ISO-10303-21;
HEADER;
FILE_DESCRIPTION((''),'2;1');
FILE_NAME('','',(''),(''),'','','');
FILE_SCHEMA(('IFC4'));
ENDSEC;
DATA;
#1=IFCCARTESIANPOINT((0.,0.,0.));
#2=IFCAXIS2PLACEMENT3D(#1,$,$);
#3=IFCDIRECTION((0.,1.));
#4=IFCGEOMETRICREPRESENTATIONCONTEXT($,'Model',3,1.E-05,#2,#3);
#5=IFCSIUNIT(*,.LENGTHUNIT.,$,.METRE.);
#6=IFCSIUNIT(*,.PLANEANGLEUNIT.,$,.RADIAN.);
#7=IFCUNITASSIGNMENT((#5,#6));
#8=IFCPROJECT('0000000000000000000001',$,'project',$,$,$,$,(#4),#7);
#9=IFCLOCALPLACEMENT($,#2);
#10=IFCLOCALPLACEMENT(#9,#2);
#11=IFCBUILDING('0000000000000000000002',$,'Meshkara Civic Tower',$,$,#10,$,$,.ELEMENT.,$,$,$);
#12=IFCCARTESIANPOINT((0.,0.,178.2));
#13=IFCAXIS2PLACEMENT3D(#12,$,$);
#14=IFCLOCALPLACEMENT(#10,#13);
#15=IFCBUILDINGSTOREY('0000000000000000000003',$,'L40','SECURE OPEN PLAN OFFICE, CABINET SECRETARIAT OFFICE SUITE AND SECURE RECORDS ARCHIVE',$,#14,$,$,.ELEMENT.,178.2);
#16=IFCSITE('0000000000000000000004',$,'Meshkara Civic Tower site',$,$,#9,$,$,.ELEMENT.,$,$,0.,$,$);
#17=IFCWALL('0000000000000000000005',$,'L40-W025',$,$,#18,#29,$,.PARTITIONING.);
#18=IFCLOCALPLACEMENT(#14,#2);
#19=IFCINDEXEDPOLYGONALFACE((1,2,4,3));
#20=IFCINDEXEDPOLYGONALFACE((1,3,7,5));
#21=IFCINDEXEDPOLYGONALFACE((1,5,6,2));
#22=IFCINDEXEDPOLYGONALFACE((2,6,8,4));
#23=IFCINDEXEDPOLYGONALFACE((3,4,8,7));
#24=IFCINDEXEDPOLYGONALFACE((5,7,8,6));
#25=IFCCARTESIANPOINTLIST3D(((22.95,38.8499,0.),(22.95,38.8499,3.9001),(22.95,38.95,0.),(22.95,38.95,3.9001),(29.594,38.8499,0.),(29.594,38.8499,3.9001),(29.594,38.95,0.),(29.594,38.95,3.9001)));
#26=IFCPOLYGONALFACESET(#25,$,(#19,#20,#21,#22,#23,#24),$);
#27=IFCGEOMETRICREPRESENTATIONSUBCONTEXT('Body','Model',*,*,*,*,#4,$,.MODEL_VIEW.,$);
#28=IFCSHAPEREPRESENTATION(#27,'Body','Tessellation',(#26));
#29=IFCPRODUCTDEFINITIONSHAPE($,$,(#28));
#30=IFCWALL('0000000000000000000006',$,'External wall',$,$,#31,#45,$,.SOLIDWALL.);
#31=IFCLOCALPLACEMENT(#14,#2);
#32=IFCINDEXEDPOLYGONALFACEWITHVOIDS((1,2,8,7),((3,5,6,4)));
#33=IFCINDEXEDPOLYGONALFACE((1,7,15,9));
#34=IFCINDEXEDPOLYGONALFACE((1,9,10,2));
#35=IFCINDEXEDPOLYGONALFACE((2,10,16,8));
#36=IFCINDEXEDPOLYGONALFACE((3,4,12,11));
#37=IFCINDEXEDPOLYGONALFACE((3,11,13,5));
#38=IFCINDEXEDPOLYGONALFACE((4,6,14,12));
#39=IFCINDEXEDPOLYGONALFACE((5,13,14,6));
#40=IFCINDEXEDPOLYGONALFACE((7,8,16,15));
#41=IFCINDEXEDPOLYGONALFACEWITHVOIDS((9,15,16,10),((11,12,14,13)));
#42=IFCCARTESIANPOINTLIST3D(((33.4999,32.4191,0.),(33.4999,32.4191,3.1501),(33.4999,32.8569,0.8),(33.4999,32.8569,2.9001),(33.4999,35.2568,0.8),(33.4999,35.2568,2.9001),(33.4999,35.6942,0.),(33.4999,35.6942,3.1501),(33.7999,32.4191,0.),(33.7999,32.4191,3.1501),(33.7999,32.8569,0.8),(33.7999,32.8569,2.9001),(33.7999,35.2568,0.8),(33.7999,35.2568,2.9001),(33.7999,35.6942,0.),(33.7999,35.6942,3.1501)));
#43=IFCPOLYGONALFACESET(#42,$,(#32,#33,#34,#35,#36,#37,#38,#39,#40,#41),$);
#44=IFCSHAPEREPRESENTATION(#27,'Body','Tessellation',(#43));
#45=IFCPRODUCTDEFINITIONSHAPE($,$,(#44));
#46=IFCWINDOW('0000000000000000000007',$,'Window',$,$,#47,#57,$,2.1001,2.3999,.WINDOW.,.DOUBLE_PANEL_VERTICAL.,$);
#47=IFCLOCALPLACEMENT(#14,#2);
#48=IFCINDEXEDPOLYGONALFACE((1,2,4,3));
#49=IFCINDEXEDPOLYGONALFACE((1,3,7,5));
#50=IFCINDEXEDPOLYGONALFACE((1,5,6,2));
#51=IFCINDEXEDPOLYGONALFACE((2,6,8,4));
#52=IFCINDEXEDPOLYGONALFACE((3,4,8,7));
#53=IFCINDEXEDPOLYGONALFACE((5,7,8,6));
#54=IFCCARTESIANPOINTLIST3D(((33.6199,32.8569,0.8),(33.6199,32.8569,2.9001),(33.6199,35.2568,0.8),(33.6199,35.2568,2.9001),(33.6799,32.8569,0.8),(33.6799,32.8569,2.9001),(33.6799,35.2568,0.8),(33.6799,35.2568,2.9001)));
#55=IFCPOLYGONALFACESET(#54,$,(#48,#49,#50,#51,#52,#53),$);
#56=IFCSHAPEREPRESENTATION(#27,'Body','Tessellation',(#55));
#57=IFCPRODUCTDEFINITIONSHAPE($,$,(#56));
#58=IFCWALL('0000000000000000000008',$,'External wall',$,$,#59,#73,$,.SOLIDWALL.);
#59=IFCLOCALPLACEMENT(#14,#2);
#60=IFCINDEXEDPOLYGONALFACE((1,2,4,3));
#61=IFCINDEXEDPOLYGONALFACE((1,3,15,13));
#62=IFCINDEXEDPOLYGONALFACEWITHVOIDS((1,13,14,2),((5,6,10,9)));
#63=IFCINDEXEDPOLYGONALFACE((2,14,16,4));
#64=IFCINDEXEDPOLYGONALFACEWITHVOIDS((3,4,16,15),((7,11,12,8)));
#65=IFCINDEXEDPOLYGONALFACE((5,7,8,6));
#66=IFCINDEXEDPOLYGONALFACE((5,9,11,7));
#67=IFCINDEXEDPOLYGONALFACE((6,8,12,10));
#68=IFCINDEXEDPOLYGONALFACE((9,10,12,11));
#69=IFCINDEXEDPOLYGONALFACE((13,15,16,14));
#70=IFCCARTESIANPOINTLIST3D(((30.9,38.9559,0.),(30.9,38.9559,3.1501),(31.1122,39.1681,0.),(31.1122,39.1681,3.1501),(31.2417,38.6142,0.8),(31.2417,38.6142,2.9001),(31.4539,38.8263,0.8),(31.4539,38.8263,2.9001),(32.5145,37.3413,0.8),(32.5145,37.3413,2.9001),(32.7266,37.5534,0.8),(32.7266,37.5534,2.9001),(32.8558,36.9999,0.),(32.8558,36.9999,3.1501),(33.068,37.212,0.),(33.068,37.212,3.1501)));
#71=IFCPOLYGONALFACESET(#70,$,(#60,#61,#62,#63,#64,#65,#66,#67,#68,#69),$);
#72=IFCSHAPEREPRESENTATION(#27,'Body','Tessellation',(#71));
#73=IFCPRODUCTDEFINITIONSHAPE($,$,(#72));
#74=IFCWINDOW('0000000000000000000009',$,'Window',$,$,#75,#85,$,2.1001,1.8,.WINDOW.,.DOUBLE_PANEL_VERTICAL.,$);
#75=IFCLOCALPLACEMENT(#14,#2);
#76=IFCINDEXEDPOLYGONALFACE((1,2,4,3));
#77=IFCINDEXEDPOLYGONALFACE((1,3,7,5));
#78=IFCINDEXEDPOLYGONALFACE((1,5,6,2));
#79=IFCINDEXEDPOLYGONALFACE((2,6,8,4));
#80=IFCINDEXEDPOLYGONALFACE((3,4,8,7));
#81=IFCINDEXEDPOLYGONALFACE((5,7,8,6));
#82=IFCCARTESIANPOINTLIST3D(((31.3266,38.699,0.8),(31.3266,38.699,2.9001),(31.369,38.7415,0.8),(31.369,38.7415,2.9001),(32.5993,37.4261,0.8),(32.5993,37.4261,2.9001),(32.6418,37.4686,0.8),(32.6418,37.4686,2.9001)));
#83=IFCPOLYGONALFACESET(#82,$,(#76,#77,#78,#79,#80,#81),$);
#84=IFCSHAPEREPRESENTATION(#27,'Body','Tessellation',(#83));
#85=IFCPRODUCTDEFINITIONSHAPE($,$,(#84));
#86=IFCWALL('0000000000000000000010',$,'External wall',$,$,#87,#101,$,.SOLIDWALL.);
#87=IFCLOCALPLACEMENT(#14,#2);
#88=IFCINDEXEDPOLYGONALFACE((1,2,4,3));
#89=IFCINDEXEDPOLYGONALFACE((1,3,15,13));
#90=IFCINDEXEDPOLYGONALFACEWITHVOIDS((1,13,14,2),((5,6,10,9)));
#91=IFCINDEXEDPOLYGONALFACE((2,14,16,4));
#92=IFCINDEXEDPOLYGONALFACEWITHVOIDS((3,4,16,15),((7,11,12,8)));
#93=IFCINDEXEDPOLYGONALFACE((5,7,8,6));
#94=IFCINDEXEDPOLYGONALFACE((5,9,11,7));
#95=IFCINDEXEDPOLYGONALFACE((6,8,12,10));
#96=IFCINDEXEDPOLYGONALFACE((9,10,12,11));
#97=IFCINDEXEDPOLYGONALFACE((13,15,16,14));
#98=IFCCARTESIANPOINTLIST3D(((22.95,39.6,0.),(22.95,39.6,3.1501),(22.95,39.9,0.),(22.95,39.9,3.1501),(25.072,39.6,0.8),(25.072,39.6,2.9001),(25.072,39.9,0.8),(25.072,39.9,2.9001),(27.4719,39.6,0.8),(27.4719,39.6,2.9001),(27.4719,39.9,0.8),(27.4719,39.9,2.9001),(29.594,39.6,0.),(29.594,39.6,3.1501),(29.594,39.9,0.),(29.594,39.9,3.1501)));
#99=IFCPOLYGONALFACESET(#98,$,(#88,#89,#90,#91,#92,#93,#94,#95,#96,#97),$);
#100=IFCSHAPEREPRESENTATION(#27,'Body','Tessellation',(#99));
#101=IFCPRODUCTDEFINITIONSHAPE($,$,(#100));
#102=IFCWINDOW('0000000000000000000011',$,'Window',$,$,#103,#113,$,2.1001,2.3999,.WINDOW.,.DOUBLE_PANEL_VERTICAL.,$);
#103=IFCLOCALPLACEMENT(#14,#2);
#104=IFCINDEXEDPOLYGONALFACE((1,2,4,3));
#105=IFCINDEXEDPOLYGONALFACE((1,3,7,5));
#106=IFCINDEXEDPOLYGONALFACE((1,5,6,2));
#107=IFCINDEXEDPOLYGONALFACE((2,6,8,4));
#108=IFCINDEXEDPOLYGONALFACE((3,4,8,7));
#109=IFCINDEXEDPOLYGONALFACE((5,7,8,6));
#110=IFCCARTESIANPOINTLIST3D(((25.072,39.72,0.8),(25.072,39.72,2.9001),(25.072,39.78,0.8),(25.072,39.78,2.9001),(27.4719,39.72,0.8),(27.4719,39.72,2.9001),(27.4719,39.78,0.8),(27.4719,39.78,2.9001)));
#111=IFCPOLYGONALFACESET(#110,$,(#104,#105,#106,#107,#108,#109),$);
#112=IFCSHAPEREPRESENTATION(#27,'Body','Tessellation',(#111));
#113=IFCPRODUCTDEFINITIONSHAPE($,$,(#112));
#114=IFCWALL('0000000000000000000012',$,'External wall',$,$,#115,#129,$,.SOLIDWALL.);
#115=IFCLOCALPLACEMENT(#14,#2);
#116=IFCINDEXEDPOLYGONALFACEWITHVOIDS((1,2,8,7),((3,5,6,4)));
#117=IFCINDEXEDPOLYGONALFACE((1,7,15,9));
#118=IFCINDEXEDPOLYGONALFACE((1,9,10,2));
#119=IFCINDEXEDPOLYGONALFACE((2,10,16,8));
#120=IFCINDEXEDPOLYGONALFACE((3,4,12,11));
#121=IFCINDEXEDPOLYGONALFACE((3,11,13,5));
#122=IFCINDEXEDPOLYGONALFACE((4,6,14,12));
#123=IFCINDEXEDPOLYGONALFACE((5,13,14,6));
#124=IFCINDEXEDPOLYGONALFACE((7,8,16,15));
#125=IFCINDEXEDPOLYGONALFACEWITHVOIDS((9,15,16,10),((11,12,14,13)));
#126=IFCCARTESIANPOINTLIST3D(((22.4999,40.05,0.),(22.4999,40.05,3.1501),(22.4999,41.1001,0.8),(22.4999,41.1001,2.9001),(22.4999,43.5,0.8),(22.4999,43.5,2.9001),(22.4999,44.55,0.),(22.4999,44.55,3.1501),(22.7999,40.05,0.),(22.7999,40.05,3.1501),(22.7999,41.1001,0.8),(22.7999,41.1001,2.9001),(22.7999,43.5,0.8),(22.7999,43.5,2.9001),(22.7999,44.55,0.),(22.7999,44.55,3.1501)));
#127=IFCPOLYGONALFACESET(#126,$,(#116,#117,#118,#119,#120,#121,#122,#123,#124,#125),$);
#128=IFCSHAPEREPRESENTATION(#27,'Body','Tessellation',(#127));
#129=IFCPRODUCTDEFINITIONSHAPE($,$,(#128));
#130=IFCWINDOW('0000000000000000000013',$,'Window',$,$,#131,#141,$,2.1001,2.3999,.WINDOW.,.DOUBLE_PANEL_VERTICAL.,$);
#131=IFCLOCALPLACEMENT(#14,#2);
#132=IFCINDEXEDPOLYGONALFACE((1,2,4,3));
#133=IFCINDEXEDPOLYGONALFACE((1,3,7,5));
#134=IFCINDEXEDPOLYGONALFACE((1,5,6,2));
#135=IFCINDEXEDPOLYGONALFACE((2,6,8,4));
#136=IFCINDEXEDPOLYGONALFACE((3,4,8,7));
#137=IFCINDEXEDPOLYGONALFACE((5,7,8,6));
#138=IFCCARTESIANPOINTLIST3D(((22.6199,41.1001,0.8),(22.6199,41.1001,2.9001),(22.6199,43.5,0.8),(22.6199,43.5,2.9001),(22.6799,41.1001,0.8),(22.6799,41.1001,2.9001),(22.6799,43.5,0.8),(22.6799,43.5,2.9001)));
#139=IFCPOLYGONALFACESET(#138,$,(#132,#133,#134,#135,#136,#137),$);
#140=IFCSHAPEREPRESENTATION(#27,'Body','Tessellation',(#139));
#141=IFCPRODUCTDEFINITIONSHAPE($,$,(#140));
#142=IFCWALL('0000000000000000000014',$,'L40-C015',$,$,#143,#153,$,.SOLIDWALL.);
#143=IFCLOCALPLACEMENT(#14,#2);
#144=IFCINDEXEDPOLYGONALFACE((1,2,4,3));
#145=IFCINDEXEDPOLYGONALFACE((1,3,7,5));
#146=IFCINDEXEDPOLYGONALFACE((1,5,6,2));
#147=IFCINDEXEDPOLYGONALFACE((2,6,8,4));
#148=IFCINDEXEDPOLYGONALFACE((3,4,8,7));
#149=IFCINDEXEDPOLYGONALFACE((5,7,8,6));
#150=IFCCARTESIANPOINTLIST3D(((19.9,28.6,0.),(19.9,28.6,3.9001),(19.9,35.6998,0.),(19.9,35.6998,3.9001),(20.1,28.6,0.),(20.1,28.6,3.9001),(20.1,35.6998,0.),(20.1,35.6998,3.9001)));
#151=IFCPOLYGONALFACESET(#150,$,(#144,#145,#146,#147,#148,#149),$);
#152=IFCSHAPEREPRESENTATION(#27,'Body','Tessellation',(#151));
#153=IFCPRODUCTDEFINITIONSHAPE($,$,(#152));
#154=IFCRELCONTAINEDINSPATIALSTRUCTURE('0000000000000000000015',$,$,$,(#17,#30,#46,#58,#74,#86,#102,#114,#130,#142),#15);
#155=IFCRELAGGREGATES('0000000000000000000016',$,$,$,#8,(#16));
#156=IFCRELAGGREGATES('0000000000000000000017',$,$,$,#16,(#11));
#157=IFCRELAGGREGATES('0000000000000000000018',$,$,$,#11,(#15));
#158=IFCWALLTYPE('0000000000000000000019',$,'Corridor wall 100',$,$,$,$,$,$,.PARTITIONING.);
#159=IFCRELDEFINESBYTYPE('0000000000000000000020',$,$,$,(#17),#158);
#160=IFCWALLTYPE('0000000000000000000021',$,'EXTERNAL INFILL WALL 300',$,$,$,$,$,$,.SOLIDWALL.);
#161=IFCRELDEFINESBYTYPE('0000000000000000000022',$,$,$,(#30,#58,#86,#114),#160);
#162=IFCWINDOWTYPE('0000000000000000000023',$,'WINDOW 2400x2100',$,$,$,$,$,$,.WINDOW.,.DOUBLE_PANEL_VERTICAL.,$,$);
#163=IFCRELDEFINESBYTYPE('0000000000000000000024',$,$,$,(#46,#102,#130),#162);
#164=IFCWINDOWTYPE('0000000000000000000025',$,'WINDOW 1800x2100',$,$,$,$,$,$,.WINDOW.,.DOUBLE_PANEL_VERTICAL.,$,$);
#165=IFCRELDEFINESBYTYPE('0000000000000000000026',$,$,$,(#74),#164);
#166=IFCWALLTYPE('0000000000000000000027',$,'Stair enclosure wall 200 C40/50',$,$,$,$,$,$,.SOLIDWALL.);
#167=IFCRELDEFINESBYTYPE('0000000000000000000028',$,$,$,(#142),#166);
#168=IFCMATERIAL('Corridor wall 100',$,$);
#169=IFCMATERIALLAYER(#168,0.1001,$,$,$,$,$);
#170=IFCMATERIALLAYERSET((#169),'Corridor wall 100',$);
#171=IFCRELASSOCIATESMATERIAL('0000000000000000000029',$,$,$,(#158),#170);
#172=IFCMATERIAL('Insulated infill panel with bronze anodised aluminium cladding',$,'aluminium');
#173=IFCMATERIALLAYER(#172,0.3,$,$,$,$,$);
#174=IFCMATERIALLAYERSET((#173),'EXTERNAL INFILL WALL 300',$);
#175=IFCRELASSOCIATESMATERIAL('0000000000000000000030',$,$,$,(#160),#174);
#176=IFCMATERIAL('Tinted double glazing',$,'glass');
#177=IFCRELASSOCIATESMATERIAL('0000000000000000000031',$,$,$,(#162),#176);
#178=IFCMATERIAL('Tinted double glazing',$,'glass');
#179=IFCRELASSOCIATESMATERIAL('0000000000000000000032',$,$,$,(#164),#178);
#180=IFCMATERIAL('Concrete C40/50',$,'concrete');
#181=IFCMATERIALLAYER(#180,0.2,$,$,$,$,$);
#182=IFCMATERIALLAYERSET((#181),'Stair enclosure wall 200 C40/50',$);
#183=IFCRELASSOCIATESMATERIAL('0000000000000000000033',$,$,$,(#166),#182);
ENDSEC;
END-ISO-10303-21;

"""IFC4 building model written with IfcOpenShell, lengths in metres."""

from ifc_helpers import new_model, si_unit, direction, frame, frame_2d, origin, place, context, subcontext, project, spatial, rectangle, extrude, material, layer, layer_set, type_object, element, fill, save


model = new_model("IFC4")

# Units and contexts
model_context = context("Model", 3, precision=1e-05, world=origin(), true_north=direction((0.0, 1.0)))
body_context = subcontext(model_context, "Body", "Model", "MODEL_VIEW")
ifc_project = project(units=[si_unit("LENGTHUNIT", "METRE"), si_unit("PLANEANGLEUNIT", "RADIAN")], contexts=[model_context])

# Site, building, storey
site_placement = place(None, origin())
site = spatial("IfcSite", under=ifc_project, at=site_placement, Name="Meshkara Civic Tower site", CompositionType="ELEMENT", RefElevation=0.0)
building_placement = place(site_placement, origin())
building = spatial("IfcBuilding", under=site, at=building_placement, Name="Meshkara Civic Tower", CompositionType="ELEMENT")
storey_placement = place(building_placement, frame((0.0, 0.0, 178.2)))
storey = spatial("IfcBuildingStorey", under=building, at=storey_placement, Name="L40", Description="SECURE OPEN PLAN OFFICE, CABINET SECRETARIAT OFFICE SUITE AND SECURE RECORDS ARCHIVE", CompositionType="ELEMENT", Elevation=178.2)

# Wall
ifc_material_1 = material(Name="Corridor wall 100")
ifc_layer_1 = layer(ifc_material_1, 0.1001)
ifc_layer_set_1 = layer_set([ifc_layer_1], Name="Corridor wall 100")
wall_type_1 = type_object("IfcWallType", Name="Corridor wall 100", PredefinedType="PARTITIONING", material=ifc_layer_set_1)
wall_1_placement = place(storey_placement, frame((29.594, 38.8999, 0.0), z_axis=(0.0, 0.0, 1.0), x_axis=(-1.0, 0.0, 0.0)))
element("IfcWall", 1, at=wall_1_placement, inside=storey, type_object=wall_type_1, Name="L40-W025", PredefinedType="PARTITIONING", context=body_context, shape_type="SweptSolid", body=[
    extrude(rectangle(XDim=6.644, YDim=0.1001, at=frame_2d((3.322, 0.0))), origin(), (0.0, 0.0, 1.0), 3.9001),
])

# Walls, openings, windows
ifc_material_2 = material(Name="Insulated infill panel with bronze anodised aluminium cladding", Category="aluminium")
ifc_layer_2 = layer(ifc_material_2, 0.3)
ifc_layer_set_2 = layer_set([ifc_layer_2], Name="EXTERNAL INFILL WALL 300")
wall_type_2 = type_object("IfcWallType", Name="EXTERNAL INFILL WALL 300", PredefinedType="SOLIDWALL", material=ifc_layer_set_2)
wall_2_placement = place(storey_placement, frame((33.6499, 32.4189, 0.0), z_axis=(0.0, 0.0, 1.0), x_axis=(0.0, 1.0, 0.0)))
wall_2 = element("IfcWall", 2, at=wall_2_placement, inside=storey, type_object=wall_type_2, Name="External wall", PredefinedType="SOLIDWALL", context=body_context, shape_type="SweptSolid", body=[
    extrude(rectangle(XDim=3.2751, YDim=0.3, at=frame_2d((1.6377, 0.0))), origin(), (0.0, 0.0, 1.0), 3.1501),
])
opening_1_placement = place(wall_2_placement, frame((0.438, 0.0, 0.8)))
opening_1 = element("IfcOpeningElement", 3, at=opening_1_placement, cuts=wall_2, PredefinedType="OPENING", context=body_context, shape_type="SweptSolid", body=[
    extrude(rectangle(XDim=2.3999, YDim=2.1001, at=frame_2d((1.2, 1.05))), frame((0.0, 0.1599, 0.0), z_axis=(0.0, -1.0, 0.0), x_axis=(1.0, 0.0, 0.0)), (0.0, 0.0, 1.0), 0.3201),
])
ifc_material_3 = material(Name="Tinted double glazing", Category="glass")
window_type_1 = type_object("IfcWindowType", Name="WINDOW 2400x2100", PartitioningType="DOUBLE_PANEL_VERTICAL", PredefinedType="WINDOW", material=ifc_material_3)
window_1_placement = place(opening_1_placement, origin())
window_1 = element("IfcWindow", 4, at=window_1_placement, inside=storey, type_object=window_type_1, Name="Window", OverallHeight=2.1001, OverallWidth=2.3999, PartitioningType="DOUBLE_PANEL_VERTICAL", PredefinedType="WINDOW", context=body_context, shape_type="SweptSolid", body=[
    extrude(rectangle(XDim=2.3999, YDim=2.1001, at=frame_2d((1.2, 1.05))), frame((0.0, 0.03, 0.0), z_axis=(0.0, -1.0, 0.0), x_axis=(1.0, 0.0, 0.0)), (0.0, 0.0, 1.0), 0.0601),
])
fill(opening_1, window_1)
wall_3_placement = place(storey_placement, frame((32.9619, 37.106, 0.0), z_axis=(0.0, 0.0, 1.0), x_axis=(-0.707063, 0.707151, 0.0)))
wall_3 = element("IfcWall", 5, at=wall_3_placement, inside=storey, type_object=wall_type_2, Name="External wall", PredefinedType="SOLIDWALL", context=body_context, shape_type="SweptSolid", body=[
    extrude(rectangle(XDim=2.7661, YDim=0.3, at=frame_2d((1.3831, 0.0))), origin(), (0.0, 0.0, 1.0), 3.1501),
])
opening_2_placement = place(wall_3_placement, frame((0.4829, 0.0, 0.8)))
opening_2 = element("IfcOpeningElement", 6, at=opening_2_placement, cuts=wall_3, PredefinedType="OPENING", context=body_context, shape_type="SweptSolid", body=[
    extrude(rectangle(XDim=1.8, YDim=2.1001, at=frame_2d((0.8999, 1.05))), frame((0.0, 0.1599, 0.0), z_axis=(0.0, -1.0, 0.0), x_axis=(1.0, 0.0, 0.0)), (0.0, 0.0, 1.0), 0.3201),
])
ifc_material_4 = material(Name="Tinted double glazing", Category="glass")
window_type_2 = type_object("IfcWindowType", Name="WINDOW 1800x2100", PartitioningType="DOUBLE_PANEL_VERTICAL", PredefinedType="WINDOW", material=ifc_material_4)
window_2_placement = place(opening_2_placement, origin())
window_2 = element("IfcWindow", 7, at=window_2_placement, inside=storey, type_object=window_type_2, Name="Window", OverallHeight=2.1001, OverallWidth=1.8, PartitioningType="DOUBLE_PANEL_VERTICAL", PredefinedType="WINDOW", context=body_context, shape_type="SweptSolid", body=[
    extrude(rectangle(XDim=1.8, YDim=2.1001, at=frame_2d((0.8999, 1.05))), frame((0.0, 0.03, 0.0), z_axis=(0.0, -1.0, 0.0), x_axis=(1.0, 0.0, 0.0)), (0.0, 0.0, 1.0), 0.0601),
])
fill(opening_2, window_2)
wall_4_placement = place(storey_placement, frame((29.594, 39.75, 0.0), z_axis=(0.0, 0.0, 1.0), x_axis=(-1.0, 0.0, 0.0)))
wall_4 = element("IfcWall", 8, at=wall_4_placement, inside=storey, type_object=wall_type_2, Name="External wall", PredefinedType="SOLIDWALL", context=body_context, shape_type="SweptSolid", body=[
    extrude(rectangle(XDim=6.644, YDim=0.3, at=frame_2d((3.322, 0.0))), origin(), (0.0, 0.0, 1.0), 3.1501),
])
opening_3_placement = place(wall_4_placement, frame((2.1221, 0.0, 0.8)))
opening_3 = element("IfcOpeningElement", 9, at=opening_3_placement, cuts=wall_4, PredefinedType="OPENING", context=body_context, shape_type="SweptSolid", body=[
    extrude(rectangle(XDim=2.3999, YDim=2.1001, at=frame_2d((1.2, 1.05))), frame((0.0, 0.1599, 0.0), z_axis=(0.0, -1.0, 0.0), x_axis=(1.0, 0.0, 0.0)), (0.0, 0.0, 1.0), 0.3201),
])
window_3_placement = place(opening_3_placement, origin())
window_3 = element("IfcWindow", 10, at=window_3_placement, inside=storey, type_object=window_type_1, Name="Window", OverallHeight=2.1001, OverallWidth=2.3999, PartitioningType="DOUBLE_PANEL_VERTICAL", PredefinedType="WINDOW", context=body_context, shape_type="SweptSolid", body=[
    extrude(rectangle(XDim=2.3999, YDim=2.1001, at=frame_2d((1.2, 1.05))), frame((0.0, 0.03, 0.0), z_axis=(0.0, -1.0, 0.0), x_axis=(1.0, 0.0, 0.0)), (0.0, 0.0, 1.0), 0.0601),
])
fill(opening_3, window_3)
wall_5_placement = place(storey_placement, frame((22.6499, 40.05, 0.0), z_axis=(0.0, 0.0, 1.0), x_axis=(0.0, 1.0, 0.0)))
wall_5 = element("IfcWall", 11, at=wall_5_placement, inside=storey, type_object=wall_type_2, Name="External wall", PredefinedType="SOLIDWALL", context=body_context, shape_type="SweptSolid", body=[
    extrude(rectangle(XDim=4.5, YDim=0.3, at=frame_2d((2.25, 0.0))), origin(), (0.0, 0.0, 1.0), 3.1501),
])
opening_4_placement = place(wall_5_placement, frame((1.05, 0.0, 0.8)))
opening_4 = element("IfcOpeningElement", 12, at=opening_4_placement, cuts=wall_5, PredefinedType="OPENING", context=body_context, shape_type="SweptSolid", body=[
    extrude(rectangle(XDim=2.3999, YDim=2.1001, at=frame_2d((1.2, 1.05))), frame((0.0, 0.1599, 0.0), z_axis=(0.0, -1.0, 0.0), x_axis=(1.0, 0.0, 0.0)), (0.0, 0.0, 1.0), 0.3201),
])
window_4_placement = place(opening_4_placement, origin())
window_4 = element("IfcWindow", 13, at=window_4_placement, inside=storey, type_object=window_type_1, Name="Window", OverallHeight=2.1001, OverallWidth=2.3999, PartitioningType="DOUBLE_PANEL_VERTICAL", PredefinedType="WINDOW", context=body_context, shape_type="SweptSolid", body=[
    extrude(rectangle(XDim=2.3999, YDim=2.1001, at=frame_2d((1.2, 1.05))), frame((0.0, 0.03, 0.0), z_axis=(0.0, -1.0, 0.0), x_axis=(1.0, 0.0, 0.0)), (0.0, 0.0, 1.0), 0.0601),
])
fill(opening_4, window_4)

# Wall
ifc_material_5 = material(Name="Concrete C40/50", Category="concrete")
ifc_layer_3 = layer(ifc_material_5, 0.2)
ifc_layer_set_3 = layer_set([ifc_layer_3], Name="Stair enclosure wall 200 C40/50")
wall_type_3 = type_object("IfcWallType", Name="Stair enclosure wall 200 C40/50", PredefinedType="SOLIDWALL", material=ifc_layer_set_3)
wall_6_placement = place(storey_placement, frame((20.0, 28.6001, 0.0), z_axis=(0.0, 0.0, 1.0), x_axis=(0.0, 1.0, 0.0)))
element("IfcWall", 14, at=wall_6_placement, inside=storey, type_object=wall_type_3, Name="L40-C015", PredefinedType="SOLIDWALL", context=body_context, shape_type="SweptSolid", body=[
    extrude(rectangle(XDim=7.0999, YDim=0.2, at=frame_2d((3.5498, 0.0))), origin(), (0.0, 0.0, 1.0), 3.9001),
])

save(model, "model.ifc")
